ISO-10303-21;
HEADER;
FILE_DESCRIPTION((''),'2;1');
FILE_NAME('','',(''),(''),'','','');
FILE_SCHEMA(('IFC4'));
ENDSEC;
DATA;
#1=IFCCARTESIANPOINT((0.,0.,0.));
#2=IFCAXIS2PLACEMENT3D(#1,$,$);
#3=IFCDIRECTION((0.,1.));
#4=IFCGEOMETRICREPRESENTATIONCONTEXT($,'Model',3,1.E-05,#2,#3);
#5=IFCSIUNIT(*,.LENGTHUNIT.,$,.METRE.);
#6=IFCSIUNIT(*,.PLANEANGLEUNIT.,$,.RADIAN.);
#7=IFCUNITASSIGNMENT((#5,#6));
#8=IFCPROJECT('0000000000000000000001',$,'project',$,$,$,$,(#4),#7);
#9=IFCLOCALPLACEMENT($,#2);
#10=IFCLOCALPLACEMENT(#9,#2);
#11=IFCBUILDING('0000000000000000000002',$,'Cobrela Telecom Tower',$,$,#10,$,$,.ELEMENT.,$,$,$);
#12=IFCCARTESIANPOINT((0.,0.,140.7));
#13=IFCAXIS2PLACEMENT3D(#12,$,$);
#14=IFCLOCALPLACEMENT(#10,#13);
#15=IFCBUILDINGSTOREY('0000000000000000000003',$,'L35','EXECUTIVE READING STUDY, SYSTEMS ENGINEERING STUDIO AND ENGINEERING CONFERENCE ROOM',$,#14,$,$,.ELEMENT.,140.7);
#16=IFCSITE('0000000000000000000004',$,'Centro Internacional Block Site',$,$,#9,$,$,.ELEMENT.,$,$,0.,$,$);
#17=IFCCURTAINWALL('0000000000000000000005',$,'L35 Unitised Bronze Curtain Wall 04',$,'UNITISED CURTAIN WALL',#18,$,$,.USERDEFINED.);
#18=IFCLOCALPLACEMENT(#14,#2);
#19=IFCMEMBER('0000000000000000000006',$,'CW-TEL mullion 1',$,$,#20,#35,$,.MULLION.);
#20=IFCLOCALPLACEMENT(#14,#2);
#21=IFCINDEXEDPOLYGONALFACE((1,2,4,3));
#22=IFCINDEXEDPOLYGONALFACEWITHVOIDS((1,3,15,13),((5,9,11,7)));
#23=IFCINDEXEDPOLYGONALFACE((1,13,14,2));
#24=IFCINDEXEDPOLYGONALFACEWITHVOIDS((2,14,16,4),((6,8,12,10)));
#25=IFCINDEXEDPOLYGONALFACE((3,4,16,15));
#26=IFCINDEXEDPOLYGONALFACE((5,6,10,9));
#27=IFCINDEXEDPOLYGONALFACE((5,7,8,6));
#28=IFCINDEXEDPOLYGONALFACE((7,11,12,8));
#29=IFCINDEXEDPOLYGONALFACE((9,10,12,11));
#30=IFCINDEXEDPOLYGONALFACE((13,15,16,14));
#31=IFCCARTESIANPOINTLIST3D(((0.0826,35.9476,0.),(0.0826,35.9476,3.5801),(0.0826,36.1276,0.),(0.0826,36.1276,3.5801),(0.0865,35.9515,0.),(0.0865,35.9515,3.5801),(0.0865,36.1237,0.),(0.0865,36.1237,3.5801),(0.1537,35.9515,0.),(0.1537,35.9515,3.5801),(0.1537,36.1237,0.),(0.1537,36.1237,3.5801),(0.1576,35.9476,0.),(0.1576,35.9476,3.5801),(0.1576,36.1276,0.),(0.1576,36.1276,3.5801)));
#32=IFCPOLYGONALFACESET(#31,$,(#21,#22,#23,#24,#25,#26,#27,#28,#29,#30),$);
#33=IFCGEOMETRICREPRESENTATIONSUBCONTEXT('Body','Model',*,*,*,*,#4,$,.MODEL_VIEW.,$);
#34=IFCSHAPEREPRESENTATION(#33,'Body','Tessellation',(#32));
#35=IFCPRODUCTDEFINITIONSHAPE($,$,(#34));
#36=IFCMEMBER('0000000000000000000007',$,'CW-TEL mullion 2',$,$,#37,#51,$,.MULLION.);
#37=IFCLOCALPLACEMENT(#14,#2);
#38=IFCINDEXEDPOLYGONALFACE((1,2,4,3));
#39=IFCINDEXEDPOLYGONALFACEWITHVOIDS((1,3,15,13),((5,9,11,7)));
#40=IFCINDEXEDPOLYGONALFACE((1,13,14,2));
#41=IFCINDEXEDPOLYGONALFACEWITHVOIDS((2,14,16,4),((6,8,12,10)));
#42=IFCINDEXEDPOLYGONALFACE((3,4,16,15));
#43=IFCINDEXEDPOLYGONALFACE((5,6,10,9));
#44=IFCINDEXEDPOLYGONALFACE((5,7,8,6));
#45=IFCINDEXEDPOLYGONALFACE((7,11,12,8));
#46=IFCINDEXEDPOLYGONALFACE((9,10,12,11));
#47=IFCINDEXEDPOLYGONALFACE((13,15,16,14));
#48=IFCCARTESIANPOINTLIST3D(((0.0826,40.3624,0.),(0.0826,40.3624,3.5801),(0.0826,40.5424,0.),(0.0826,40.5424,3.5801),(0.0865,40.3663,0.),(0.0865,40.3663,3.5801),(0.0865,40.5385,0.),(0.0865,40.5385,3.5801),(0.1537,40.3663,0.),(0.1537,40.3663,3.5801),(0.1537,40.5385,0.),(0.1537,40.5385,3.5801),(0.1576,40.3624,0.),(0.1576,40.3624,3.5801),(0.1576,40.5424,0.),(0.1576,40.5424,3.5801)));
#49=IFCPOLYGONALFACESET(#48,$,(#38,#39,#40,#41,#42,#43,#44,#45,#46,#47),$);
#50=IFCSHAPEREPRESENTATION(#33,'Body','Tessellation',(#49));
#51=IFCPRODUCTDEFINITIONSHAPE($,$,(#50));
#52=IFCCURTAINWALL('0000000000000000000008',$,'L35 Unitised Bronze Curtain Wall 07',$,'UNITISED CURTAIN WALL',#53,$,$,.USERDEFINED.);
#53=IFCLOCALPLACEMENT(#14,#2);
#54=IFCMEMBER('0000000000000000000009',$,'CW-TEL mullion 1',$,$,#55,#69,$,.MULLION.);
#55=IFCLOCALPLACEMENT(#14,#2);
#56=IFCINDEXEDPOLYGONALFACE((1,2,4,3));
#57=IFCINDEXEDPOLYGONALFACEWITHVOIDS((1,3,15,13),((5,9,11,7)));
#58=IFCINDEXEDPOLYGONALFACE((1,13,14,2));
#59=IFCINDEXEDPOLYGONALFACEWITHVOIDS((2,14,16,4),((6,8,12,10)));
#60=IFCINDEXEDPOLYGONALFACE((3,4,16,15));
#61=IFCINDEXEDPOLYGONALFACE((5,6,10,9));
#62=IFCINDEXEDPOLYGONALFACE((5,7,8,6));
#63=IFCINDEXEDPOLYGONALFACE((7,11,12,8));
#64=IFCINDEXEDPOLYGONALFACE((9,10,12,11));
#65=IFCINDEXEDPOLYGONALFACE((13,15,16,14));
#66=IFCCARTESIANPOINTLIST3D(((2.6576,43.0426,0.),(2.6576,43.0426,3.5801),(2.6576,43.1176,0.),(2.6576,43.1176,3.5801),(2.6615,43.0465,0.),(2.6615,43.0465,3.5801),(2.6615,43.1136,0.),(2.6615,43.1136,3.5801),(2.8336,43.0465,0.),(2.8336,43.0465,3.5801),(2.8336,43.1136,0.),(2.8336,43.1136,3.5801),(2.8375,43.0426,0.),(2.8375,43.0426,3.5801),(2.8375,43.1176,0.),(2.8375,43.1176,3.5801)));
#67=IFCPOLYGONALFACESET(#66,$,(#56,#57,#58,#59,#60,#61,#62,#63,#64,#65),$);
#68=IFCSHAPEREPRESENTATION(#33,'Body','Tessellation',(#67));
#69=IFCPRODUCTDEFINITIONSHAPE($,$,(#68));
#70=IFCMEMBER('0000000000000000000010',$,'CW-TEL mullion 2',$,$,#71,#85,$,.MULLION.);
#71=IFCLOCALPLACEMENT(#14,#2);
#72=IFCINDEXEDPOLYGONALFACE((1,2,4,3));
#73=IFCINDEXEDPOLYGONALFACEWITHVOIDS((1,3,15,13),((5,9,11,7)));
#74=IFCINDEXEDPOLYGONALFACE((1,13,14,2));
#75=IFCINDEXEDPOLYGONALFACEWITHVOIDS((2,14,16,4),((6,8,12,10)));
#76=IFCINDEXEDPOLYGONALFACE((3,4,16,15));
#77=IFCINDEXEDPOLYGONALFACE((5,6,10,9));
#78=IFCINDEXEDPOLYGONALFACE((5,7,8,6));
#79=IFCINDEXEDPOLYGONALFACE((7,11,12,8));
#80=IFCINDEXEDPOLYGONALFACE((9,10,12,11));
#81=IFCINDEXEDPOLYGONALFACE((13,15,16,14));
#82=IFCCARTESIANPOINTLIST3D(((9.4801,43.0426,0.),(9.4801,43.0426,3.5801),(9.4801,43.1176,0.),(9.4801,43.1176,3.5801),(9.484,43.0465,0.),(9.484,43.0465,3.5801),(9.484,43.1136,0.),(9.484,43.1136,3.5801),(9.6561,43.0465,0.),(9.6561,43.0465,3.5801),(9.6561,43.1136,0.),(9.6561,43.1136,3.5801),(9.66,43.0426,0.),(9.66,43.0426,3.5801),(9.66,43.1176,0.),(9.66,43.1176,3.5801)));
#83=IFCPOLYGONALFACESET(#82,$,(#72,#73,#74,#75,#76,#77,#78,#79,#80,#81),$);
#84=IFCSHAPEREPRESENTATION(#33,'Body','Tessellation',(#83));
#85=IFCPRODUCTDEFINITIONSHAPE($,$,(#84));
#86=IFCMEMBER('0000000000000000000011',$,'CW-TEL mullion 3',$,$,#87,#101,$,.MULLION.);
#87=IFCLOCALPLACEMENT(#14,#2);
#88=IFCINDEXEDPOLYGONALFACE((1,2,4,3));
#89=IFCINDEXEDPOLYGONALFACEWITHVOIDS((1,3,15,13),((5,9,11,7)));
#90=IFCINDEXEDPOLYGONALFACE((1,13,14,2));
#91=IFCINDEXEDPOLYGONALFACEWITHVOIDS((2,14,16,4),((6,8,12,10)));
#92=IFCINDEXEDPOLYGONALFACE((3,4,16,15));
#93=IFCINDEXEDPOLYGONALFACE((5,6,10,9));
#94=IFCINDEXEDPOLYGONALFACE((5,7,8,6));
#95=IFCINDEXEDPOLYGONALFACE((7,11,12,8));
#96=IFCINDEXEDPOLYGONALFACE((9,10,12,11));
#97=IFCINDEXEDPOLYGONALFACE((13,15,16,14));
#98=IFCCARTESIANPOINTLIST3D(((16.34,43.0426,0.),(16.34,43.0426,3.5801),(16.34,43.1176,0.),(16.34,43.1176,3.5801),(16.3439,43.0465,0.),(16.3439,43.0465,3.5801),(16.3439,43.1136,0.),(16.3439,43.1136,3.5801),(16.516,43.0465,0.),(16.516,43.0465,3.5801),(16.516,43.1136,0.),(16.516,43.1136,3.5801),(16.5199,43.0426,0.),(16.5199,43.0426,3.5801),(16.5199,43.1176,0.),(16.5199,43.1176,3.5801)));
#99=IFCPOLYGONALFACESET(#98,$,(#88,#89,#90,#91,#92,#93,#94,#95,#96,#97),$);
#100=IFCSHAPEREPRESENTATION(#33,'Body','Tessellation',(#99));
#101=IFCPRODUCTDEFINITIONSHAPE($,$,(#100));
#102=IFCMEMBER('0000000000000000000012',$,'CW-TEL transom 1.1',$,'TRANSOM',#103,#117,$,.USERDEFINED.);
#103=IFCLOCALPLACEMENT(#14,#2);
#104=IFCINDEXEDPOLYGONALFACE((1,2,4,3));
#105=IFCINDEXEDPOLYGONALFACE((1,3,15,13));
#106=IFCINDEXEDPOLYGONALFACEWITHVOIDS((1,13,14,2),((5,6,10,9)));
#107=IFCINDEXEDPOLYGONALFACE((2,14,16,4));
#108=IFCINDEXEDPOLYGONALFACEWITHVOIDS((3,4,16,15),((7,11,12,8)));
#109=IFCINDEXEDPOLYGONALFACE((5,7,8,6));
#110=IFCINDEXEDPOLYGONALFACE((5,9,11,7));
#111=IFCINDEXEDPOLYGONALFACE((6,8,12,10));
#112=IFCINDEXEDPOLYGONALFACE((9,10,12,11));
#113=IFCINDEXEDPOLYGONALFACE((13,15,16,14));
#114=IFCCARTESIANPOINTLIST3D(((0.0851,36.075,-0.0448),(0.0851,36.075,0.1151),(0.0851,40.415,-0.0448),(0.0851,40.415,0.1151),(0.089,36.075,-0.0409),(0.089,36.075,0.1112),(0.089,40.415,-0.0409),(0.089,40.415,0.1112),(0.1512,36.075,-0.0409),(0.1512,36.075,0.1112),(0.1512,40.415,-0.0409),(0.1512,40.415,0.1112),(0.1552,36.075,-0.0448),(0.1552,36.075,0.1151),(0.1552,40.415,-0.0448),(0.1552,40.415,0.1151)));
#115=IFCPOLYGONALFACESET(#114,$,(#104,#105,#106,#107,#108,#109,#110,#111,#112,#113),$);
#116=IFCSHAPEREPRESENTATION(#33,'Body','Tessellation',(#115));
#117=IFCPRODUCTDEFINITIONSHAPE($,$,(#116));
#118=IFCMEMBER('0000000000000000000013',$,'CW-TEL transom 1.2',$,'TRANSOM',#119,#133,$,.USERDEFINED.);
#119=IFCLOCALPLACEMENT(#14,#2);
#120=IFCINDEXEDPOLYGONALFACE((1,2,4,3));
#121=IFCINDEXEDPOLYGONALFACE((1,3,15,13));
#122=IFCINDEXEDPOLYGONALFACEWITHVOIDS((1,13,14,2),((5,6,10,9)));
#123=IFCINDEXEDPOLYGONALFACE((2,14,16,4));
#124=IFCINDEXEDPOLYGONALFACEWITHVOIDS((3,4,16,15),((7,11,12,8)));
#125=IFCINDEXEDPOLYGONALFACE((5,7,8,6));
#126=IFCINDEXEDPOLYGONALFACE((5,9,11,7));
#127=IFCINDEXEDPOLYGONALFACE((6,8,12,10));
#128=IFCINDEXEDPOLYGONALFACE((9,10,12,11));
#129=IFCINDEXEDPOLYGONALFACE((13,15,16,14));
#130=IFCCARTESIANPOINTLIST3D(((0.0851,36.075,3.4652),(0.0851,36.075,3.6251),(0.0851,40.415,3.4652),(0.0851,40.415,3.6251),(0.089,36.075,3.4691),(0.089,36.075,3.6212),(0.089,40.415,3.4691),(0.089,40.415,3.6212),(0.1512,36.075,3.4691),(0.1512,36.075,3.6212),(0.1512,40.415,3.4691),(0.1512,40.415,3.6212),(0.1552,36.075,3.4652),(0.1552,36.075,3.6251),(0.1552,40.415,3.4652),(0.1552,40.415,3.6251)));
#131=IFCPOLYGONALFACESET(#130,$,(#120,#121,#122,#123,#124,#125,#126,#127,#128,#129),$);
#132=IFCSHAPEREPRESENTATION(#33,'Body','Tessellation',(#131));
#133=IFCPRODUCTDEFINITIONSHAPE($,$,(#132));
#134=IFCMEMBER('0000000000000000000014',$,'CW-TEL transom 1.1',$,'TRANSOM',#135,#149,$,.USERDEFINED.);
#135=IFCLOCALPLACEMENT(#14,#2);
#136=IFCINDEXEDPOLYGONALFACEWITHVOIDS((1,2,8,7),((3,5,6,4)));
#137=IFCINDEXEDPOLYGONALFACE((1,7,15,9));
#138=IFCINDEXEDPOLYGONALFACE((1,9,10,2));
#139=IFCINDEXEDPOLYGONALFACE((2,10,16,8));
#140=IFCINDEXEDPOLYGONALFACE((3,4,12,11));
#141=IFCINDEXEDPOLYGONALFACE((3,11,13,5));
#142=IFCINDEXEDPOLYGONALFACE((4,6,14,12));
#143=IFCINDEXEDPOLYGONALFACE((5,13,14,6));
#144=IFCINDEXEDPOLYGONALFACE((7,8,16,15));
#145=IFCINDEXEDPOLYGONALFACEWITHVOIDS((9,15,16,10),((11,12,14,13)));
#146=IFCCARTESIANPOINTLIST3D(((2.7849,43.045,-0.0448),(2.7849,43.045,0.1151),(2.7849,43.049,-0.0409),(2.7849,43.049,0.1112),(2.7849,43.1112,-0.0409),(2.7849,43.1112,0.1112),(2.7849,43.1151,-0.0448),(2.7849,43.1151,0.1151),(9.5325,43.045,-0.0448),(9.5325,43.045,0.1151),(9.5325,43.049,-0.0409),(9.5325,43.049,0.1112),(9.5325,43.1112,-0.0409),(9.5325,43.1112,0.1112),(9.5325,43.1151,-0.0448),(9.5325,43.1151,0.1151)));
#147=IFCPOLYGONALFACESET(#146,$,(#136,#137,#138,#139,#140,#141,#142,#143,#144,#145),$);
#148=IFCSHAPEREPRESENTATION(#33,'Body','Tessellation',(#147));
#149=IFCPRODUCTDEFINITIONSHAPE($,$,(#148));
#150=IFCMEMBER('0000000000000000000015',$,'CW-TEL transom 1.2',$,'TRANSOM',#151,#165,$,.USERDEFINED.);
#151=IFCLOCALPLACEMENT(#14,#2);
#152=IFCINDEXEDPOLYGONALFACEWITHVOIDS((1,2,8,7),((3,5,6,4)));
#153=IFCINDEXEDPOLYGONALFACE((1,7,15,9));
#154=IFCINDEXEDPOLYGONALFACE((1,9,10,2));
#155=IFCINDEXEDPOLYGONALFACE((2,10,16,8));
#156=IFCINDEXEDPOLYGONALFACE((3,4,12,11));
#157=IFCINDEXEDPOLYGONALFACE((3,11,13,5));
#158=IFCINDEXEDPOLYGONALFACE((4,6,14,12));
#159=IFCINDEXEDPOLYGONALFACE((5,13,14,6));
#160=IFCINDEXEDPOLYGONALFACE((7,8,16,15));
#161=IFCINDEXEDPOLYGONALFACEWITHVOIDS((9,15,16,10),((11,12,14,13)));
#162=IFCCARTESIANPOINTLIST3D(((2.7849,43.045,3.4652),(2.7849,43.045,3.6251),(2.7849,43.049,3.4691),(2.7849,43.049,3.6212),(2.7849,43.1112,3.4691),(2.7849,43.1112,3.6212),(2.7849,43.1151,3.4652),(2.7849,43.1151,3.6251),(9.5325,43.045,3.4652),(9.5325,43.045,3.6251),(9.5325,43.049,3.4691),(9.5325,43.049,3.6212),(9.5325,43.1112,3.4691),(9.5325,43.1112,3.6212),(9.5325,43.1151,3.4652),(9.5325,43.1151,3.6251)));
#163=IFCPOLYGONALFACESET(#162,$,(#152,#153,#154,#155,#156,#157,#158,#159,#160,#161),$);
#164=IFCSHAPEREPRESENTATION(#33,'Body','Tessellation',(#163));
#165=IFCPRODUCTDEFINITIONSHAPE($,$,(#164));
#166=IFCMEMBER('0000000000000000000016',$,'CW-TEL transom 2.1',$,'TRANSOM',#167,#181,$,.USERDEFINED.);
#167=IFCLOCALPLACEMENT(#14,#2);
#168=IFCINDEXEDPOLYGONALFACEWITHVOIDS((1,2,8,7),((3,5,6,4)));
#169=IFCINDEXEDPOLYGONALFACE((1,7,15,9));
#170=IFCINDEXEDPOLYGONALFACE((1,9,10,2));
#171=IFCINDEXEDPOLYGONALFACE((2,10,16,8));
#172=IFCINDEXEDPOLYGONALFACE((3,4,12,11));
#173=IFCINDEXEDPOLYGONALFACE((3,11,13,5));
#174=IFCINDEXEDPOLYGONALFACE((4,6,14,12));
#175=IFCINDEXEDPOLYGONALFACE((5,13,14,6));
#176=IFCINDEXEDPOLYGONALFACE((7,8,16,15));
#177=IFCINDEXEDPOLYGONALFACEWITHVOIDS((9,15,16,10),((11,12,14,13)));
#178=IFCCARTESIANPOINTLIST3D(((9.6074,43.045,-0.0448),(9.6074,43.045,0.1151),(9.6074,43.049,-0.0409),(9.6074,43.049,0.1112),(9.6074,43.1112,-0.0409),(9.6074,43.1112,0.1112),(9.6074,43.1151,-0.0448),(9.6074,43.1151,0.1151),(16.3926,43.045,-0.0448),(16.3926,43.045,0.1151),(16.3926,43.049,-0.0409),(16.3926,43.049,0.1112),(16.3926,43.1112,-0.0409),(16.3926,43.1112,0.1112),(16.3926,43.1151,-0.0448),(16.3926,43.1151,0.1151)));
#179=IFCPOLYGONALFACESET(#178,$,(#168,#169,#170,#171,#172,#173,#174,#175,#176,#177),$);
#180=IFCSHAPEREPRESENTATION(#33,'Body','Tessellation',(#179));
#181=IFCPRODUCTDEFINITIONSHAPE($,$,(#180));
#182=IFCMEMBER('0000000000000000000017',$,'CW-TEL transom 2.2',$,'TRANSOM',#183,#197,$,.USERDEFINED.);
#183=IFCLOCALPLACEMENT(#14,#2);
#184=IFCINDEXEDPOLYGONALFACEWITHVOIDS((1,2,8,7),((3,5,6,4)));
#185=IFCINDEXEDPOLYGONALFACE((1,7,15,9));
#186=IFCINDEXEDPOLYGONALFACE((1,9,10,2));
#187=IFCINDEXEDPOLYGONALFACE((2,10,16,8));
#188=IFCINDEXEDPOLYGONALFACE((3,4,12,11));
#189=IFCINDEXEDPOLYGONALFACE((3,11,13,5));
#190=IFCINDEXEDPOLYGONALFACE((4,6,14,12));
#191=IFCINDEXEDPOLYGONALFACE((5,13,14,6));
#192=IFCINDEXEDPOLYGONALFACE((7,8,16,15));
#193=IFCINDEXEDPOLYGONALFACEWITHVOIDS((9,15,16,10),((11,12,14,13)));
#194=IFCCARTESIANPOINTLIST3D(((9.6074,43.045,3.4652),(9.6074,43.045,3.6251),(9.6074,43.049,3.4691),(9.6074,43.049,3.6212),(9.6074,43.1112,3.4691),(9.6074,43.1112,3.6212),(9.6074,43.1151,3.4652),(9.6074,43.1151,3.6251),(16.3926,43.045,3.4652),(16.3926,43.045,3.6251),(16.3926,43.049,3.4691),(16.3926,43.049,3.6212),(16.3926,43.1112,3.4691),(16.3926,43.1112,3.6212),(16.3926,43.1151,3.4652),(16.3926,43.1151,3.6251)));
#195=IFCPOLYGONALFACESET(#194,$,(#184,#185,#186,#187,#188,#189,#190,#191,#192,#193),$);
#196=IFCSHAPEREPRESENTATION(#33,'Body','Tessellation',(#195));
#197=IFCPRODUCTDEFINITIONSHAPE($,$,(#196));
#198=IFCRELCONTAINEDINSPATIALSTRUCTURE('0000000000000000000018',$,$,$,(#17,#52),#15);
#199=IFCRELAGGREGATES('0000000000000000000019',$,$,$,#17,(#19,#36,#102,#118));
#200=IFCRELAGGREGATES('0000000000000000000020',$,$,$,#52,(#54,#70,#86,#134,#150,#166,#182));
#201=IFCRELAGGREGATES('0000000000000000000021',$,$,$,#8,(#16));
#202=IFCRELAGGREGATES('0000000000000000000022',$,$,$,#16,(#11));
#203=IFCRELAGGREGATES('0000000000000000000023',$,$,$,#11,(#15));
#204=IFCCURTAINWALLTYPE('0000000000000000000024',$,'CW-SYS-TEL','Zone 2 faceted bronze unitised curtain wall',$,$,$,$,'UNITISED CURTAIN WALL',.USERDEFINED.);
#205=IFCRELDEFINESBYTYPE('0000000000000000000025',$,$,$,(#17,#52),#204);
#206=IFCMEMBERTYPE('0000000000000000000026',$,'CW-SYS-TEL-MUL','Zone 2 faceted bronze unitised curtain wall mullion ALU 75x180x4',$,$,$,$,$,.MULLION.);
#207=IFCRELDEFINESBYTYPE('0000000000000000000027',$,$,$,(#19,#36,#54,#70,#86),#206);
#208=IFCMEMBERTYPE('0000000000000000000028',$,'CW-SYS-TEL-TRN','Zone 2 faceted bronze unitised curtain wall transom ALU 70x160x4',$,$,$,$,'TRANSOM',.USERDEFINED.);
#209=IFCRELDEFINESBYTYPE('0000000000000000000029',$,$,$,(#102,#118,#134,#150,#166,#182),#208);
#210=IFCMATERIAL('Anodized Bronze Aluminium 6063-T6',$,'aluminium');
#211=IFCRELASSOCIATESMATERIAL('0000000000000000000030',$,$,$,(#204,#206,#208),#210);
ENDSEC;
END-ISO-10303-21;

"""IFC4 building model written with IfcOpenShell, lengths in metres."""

from ifc_helpers import new_model, si_unit, direction, frame, origin, origin_2d, place, context, subcontext, project, spatial, hollow_rectangle, extrude, material, material_profile, profile_set, type_object, element, aggregate, save


model = new_model("IFC4")

# Units and contexts
model_context = context("Model", 3, precision=1e-05, world=origin(), true_north=direction((0.0, 1.0)))
body_context = subcontext(model_context, "Body", "Model", "MODEL_VIEW")
ifc_project = project(units=[si_unit("LENGTHUNIT", "METRE"), si_unit("PLANEANGLEUNIT", "RADIAN")], contexts=[model_context])

# Site, building, storey
site_placement = place(None, origin())
site = spatial("IfcSite", under=ifc_project, at=site_placement, Name="Centro Internacional Block Site", CompositionType="ELEMENT", RefElevation=0.0)
building_placement = place(site_placement, origin())
building = spatial("IfcBuilding", under=site, at=building_placement, Name="Cobrela Telecom Tower", CompositionType="ELEMENT")
storey_placement = place(building_placement, frame((0.0, 0.0, 140.7)))
storey = spatial("IfcBuildingStorey", under=building, at=storey_placement, Name="L35", Description="EXECUTIVE READING STUDY, SYSTEMS ENGINEERING STUDIO AND ENGINEERING CONFERENCE ROOM", CompositionType="ELEMENT", Elevation=140.7)

# Curtain walls, members
ifc_material_1 = material(Name="Anodized Bronze Aluminium 6063-T6", Category="aluminium")
curtain_wall_type = type_object("IfcCurtainWallType", Name="CW-SYS-TEL", Description="Zone 2 faceted bronze unitised curtain wall", ElementType="UNITISED CURTAIN WALL", PredefinedType="USERDEFINED", material=ifc_material_1)
curtain_wall_1_placement = place(storey_placement, origin())
curtain_wall_1 = element("IfcCurtainWall", 1, at=curtain_wall_1_placement, inside=storey, type_object=curtain_wall_type, Name="L35 Unitised Bronze Curtain Wall 04", ObjectType="UNITISED CURTAIN WALL", PredefinedType="USERDEFINED")
ifc_material_profile_1 = material_profile(ifc_material_1, hollow_rectangle(XDim=0.075, YDim=0.1799, WallThickness=0.0039, at=origin_2d()), Name="ALU 75x180x4")
ifc_profile_set_1 = profile_set([ifc_material_profile_1], Name="Anodized Bronze Aluminium 6063-T6")
member_type_1 = type_object("IfcMemberType", Name="CW-SYS-TEL-MUL", Description="Zone 2 faceted bronze unitised curtain wall mullion ALU 75x180x4", PredefinedType="MULLION", material=ifc_profile_set_1)
member_1_placement = place(storey_placement, frame((0.1201, 36.0376, 0.0), z_axis=(0.0, 0.0, 1.0), x_axis=(-1.0, 0.0, 0.0)))
member_1 = element("IfcMember", 2, at=member_1_placement, type_object=member_type_1, Name="CW-TEL mullion 1", PredefinedType="MULLION", context=body_context, shape_type="SweptSolid", body=[
    extrude(hollow_rectangle(XDim=0.075, YDim=0.1799, WallThickness=0.0039, at=origin_2d()), origin(), (0.0, 0.0, 1.0), 3.5801),
])
member_2_placement = place(storey_placement, frame((0.1201, 40.4524, 0.0), z_axis=(0.0, 0.0, 1.0), x_axis=(-1.0, 0.0, 0.0)))
member_2 = element("IfcMember", 3, at=member_2_placement, type_object=member_type_1, Name="CW-TEL mullion 2", PredefinedType="MULLION", context=body_context, shape_type="SweptSolid", body=[
    extrude(hollow_rectangle(XDim=0.075, YDim=0.1799, WallThickness=0.0039, at=origin_2d()), origin(), (0.0, 0.0, 1.0), 3.5801),
])
curtain_wall_2_placement = place(storey_placement, origin())
curtain_wall_2 = element("IfcCurtainWall", 4, at=curtain_wall_2_placement, inside=storey, type_object=curtain_wall_type, Name="L35 Unitised Bronze Curtain Wall 07", ObjectType="UNITISED CURTAIN WALL", PredefinedType="USERDEFINED")
member_3_placement = place(storey_placement, frame((2.7476, 43.0801, 0.0), z_axis=(0.0, 0.0, 1.0), x_axis=(0.0, 1.0, 0.0)))
member_3 = element("IfcMember", 5, at=member_3_placement, type_object=member_type_1, Name="CW-TEL mullion 1", PredefinedType="MULLION", context=body_context, shape_type="SweptSolid", body=[
    extrude(hollow_rectangle(XDim=0.075, YDim=0.1799, WallThickness=0.0039, at=origin_2d()), origin(), (0.0, 0.0, 1.0), 3.5801),
])
member_4_placement = place(storey_placement, frame((9.5701, 43.0801, 0.0), z_axis=(0.0, 0.0, 1.0), x_axis=(0.0, 1.0, 0.0)))
member_4 = element("IfcMember", 6, at=member_4_placement, type_object=member_type_1, Name="CW-TEL mullion 2", PredefinedType="MULLION", context=body_context, shape_type="SweptSolid", body=[
    extrude(hollow_rectangle(XDim=0.075, YDim=0.1799, WallThickness=0.0039, at=origin_2d()), origin(), (0.0, 0.0, 1.0), 3.5801),
])
member_5_placement = place(storey_placement, frame((16.4299, 43.0801, 0.0), z_axis=(0.0, 0.0, 1.0), x_axis=(0.0, 1.0, 0.0)))
member_5 = element("IfcMember", 7, at=member_5_placement, type_object=member_type_1, Name="CW-TEL mullion 3", PredefinedType="MULLION", context=body_context, shape_type="SweptSolid", body=[
    extrude(hollow_rectangle(XDim=0.075, YDim=0.1799, WallThickness=0.0039, at=origin_2d()), origin(), (0.0, 0.0, 1.0), 3.5801),
])

# Members
ifc_material_profile_2 = material_profile(ifc_material_1, hollow_rectangle(XDim=0.0701, YDim=0.1599, WallThickness=0.0039, at=origin_2d()), Name="ALU 70x160x4")
ifc_profile_set_2 = profile_set([ifc_material_profile_2], Name="Anodized Bronze Aluminium 6063-T6")
member_type_2 = type_object("IfcMemberType", Name="CW-SYS-TEL-TRN", Description="Zone 2 faceted bronze unitised curtain wall transom ALU 70x160x4", ElementType="TRANSOM", PredefinedType="USERDEFINED", material=ifc_profile_set_2)
member_6_placement = place(storey_placement, frame((0.1201, 36.075, 0.0352), z_axis=(0.0, 1.0, 0.0), x_axis=(-1.0, 0.0, 0.0)))
member_6 = element("IfcMember", 8, at=member_6_placement, type_object=member_type_2, Name="CW-TEL transom 1.1", ObjectType="TRANSOM", PredefinedType="USERDEFINED", context=body_context, shape_type="SweptSolid", body=[
    extrude(hollow_rectangle(XDim=0.0701, YDim=0.1599, WallThickness=0.0039, at=origin_2d()), origin(), (0.0, 0.0, 1.0), 4.3401),
])
member_7_placement = place(storey_placement, frame((0.1201, 36.075, 3.5452), z_axis=(0.0, 1.0, 0.0), x_axis=(-1.0, 0.0, 0.0)))
member_7 = element("IfcMember", 9, at=member_7_placement, type_object=member_type_2, Name="CW-TEL transom 1.2", ObjectType="TRANSOM", PredefinedType="USERDEFINED", context=body_context, shape_type="SweptSolid", body=[
    extrude(hollow_rectangle(XDim=0.0701, YDim=0.1599, WallThickness=0.0039, at=origin_2d()), origin(), (0.0, 0.0, 1.0), 4.3401),
])
member_8_placement = place(storey_placement, frame((2.7849, 43.0801, 0.0352), z_axis=(1.0, 0.0, 0.0), x_axis=(0.0, 1.0, 0.0)))
member_8 = element("IfcMember", 10, at=member_8_placement, type_object=member_type_2, Name="CW-TEL transom 1.1", ObjectType="TRANSOM", PredefinedType="USERDEFINED", context=body_context, shape_type="SweptSolid", body=[
    extrude(hollow_rectangle(XDim=0.0701, YDim=0.1599, WallThickness=0.0039, at=origin_2d()), origin(), (0.0, 0.0, 1.0), 6.7476),
])
member_9_placement = place(storey_placement, frame((2.7849, 43.0801, 3.5452), z_axis=(1.0, 0.0, 0.0), x_axis=(0.0, 1.0, 0.0)))
member_9 = element("IfcMember", 11, at=member_9_placement, type_object=member_type_2, Name="CW-TEL transom 1.2", ObjectType="TRANSOM", PredefinedType="USERDEFINED", context=body_context, shape_type="SweptSolid", body=[
    extrude(hollow_rectangle(XDim=0.0701, YDim=0.1599, WallThickness=0.0039, at=origin_2d()), origin(), (0.0, 0.0, 1.0), 6.7476),
])
member_10_placement = place(storey_placement, frame((9.6074, 43.0801, 0.0352), z_axis=(1.0, 0.0, 0.0), x_axis=(0.0, 1.0, 0.0)))
member_10 = element("IfcMember", 12, at=member_10_placement, type_object=member_type_2, Name="CW-TEL transom 2.1", ObjectType="TRANSOM", PredefinedType="USERDEFINED", context=body_context, shape_type="SweptSolid", body=[
    extrude(hollow_rectangle(XDim=0.0701, YDim=0.1599, WallThickness=0.0039, at=origin_2d()), origin(), (0.0, 0.0, 1.0), 6.7852),
])
member_11_placement = place(storey_placement, frame((9.6074, 43.0801, 3.5452), z_axis=(1.0, 0.0, 0.0), x_axis=(0.0, 1.0, 0.0)))
member_11 = element("IfcMember", 13, at=member_11_placement, type_object=member_type_2, Name="CW-TEL transom 2.2", ObjectType="TRANSOM", PredefinedType="USERDEFINED", context=body_context, shape_type="SweptSolid", body=[
    extrude(hollow_rectangle(XDim=0.0701, YDim=0.1599, WallThickness=0.0039, at=origin_2d()), origin(), (0.0, 0.0, 1.0), 6.7852),
])

aggregate(curtain_wall_1, [member_1, member_2, member_6, member_7])
aggregate(curtain_wall_2, [member_3, member_4, member_5, member_8, member_9, member_10, member_11])

save(model, "model.ifc")
